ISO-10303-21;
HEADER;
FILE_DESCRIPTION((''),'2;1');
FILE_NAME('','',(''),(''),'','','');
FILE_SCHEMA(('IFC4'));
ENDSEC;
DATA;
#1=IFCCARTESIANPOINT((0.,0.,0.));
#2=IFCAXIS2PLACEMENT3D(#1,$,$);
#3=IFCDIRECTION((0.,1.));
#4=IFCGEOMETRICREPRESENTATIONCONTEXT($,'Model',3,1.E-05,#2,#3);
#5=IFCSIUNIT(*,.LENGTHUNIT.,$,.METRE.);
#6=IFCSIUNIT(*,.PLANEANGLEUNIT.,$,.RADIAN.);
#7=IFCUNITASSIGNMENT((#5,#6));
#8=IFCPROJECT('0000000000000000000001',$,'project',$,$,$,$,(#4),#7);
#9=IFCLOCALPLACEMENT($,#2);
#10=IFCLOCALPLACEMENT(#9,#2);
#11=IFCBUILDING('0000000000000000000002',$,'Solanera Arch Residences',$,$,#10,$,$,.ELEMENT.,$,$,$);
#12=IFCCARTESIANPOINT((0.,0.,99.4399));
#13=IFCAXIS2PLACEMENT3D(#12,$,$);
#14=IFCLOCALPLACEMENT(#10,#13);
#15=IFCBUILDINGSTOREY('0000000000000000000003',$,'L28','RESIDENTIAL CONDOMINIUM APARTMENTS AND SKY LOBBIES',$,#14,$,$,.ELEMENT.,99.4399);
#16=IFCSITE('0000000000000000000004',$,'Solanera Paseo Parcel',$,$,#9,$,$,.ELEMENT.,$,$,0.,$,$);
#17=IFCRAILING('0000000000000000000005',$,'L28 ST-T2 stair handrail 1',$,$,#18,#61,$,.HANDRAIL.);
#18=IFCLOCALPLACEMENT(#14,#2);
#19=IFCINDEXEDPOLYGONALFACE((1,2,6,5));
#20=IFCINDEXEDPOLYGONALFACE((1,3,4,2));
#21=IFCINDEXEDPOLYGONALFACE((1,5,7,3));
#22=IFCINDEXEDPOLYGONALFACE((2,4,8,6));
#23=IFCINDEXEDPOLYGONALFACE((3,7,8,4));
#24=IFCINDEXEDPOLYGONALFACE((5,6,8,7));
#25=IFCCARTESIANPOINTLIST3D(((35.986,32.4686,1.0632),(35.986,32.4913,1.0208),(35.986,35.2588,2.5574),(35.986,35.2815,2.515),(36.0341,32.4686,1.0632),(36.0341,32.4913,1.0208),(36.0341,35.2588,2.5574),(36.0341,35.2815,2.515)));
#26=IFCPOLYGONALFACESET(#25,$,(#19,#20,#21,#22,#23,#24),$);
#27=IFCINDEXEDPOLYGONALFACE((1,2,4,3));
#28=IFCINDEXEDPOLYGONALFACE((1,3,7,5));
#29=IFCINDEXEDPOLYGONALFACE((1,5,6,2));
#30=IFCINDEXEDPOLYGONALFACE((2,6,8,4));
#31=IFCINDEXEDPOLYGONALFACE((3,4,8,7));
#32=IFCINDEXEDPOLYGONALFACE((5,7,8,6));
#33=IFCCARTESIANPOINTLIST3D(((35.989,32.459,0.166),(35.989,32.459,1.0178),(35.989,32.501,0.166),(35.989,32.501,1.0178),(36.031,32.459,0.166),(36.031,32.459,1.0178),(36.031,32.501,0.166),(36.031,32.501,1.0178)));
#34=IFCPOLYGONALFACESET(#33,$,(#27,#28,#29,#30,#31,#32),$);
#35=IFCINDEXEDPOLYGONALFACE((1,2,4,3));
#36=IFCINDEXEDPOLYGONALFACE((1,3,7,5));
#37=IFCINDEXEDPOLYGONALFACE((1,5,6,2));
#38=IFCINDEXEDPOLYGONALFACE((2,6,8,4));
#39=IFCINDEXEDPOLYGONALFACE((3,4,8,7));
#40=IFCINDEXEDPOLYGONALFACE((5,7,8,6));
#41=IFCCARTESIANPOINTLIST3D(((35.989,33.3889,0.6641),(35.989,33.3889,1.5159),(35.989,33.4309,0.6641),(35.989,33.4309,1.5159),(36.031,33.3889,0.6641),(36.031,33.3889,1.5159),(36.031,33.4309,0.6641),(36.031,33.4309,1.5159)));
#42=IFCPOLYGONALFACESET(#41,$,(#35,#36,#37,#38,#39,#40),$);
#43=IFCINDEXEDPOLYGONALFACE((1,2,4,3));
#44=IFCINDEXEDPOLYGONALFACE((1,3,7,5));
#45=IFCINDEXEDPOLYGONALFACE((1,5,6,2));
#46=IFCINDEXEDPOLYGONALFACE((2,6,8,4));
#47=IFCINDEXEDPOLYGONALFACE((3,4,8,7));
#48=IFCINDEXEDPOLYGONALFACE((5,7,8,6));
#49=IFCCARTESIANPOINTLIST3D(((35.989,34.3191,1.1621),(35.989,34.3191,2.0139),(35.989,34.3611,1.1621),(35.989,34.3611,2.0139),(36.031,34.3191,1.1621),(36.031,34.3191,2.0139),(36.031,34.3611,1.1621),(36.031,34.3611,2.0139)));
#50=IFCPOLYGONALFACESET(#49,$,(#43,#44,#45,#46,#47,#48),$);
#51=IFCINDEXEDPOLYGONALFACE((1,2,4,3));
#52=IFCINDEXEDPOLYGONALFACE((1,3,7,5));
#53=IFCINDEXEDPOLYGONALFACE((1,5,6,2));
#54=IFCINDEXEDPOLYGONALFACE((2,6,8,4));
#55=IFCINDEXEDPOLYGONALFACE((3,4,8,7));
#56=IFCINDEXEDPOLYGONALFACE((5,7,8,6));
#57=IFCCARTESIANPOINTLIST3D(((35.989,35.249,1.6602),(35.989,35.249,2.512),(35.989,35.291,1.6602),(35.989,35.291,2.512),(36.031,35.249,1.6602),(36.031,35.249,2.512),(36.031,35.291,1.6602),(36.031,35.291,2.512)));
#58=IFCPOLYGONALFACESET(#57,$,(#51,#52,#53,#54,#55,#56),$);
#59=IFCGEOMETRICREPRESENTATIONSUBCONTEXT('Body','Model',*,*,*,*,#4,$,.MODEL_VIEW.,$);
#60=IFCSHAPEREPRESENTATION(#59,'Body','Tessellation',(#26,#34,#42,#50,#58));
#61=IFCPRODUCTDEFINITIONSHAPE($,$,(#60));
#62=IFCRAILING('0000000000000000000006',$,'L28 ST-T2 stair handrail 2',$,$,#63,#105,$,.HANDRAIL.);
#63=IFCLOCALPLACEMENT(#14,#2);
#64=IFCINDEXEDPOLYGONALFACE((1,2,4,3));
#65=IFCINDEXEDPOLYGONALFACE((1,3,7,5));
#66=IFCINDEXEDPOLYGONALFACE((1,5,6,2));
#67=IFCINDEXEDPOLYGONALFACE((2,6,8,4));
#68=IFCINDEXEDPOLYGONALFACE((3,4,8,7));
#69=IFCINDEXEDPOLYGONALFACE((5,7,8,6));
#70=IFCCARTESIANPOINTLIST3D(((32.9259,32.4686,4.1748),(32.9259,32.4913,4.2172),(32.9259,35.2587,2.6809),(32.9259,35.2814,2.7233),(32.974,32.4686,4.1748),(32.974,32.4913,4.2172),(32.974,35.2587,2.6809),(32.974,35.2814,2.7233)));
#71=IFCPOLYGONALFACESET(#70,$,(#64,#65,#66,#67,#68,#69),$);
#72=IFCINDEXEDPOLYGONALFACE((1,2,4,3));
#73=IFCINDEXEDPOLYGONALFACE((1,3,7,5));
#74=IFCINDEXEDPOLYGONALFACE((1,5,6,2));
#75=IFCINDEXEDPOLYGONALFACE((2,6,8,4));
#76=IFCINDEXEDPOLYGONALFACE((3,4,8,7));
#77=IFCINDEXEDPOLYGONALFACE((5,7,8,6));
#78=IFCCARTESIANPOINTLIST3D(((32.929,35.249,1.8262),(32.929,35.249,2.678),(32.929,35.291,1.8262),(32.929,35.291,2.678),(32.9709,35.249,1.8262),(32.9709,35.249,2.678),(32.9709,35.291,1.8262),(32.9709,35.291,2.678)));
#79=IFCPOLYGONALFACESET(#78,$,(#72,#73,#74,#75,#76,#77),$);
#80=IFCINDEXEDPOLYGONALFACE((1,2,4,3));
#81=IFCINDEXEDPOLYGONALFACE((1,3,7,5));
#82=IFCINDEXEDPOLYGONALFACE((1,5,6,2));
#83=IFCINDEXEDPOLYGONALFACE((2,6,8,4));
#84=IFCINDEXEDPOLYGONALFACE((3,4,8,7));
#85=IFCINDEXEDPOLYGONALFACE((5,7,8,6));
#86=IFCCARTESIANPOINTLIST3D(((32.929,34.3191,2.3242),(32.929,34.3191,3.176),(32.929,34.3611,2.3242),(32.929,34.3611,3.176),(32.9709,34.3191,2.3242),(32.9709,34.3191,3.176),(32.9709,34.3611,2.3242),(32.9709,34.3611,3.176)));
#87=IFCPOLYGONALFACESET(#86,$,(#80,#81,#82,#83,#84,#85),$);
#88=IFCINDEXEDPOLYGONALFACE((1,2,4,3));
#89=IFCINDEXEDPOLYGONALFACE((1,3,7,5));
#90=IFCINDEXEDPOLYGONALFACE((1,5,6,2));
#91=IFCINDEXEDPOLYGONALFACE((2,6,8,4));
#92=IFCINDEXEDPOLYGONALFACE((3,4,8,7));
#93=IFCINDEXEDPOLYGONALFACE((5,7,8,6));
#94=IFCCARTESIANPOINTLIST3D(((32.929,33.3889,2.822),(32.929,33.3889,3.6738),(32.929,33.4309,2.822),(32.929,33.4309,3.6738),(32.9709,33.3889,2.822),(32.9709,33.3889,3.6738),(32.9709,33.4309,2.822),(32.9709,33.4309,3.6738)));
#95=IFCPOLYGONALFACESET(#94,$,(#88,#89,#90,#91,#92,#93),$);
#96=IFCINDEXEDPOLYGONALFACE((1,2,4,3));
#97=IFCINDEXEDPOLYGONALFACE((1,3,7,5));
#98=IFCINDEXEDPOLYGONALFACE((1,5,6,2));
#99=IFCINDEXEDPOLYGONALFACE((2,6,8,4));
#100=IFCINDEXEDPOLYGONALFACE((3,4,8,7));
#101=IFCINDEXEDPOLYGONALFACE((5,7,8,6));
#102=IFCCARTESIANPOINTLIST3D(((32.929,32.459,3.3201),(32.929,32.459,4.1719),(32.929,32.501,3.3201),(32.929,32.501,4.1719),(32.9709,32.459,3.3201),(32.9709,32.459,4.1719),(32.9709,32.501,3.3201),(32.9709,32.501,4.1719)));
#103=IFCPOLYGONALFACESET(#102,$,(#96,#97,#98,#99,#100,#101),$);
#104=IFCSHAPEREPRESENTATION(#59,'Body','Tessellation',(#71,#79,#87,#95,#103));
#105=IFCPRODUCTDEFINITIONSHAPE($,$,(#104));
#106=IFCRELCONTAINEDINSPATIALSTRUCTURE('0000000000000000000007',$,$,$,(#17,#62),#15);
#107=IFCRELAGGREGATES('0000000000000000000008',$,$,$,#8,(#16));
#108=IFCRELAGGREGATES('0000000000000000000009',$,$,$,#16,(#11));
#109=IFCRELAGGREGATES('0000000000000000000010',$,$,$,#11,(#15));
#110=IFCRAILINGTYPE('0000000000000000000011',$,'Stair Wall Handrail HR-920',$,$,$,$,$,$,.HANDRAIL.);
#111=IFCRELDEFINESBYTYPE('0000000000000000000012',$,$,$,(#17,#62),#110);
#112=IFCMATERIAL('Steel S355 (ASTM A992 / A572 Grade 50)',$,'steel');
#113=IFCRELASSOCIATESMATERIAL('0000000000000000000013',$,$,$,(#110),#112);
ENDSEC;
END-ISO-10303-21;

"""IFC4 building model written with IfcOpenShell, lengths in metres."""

from ifc_helpers import new_model, si_unit, direction, frame, origin, origin_2d, place, context, subcontext, project, spatial, rectangle, extrude, material, type_object, element, save


model = new_model("IFC4")

# Units and contexts
model_context = context("Model", 3, precision=1e-05, world=origin(), true_north=direction((0.0, 1.0)))
body_context = subcontext(model_context, "Body", "Model", "MODEL_VIEW")
ifc_project = project(units=[si_unit("LENGTHUNIT", "METRE"), si_unit("PLANEANGLEUNIT", "RADIAN")], contexts=[model_context])

# Site, building, storey
site_placement = place(None, origin())
site = spatial("IfcSite", under=ifc_project, at=site_placement, Name="Solanera Paseo Parcel", CompositionType="ELEMENT", RefElevation=0.0)
building_placement = place(site_placement, origin())
building = spatial("IfcBuilding", under=site, at=building_placement, Name="Solanera Arch Residences", CompositionType="ELEMENT")
storey_placement = place(building_placement, frame((0.0, 0.0, 99.4399)))
storey = spatial("IfcBuildingStorey", under=building, at=storey_placement, Name="L28", Description="RESIDENTIAL CONDOMINIUM APARTMENTS AND SKY LOBBIES", CompositionType="ELEMENT", Elevation=99.4399)

# Railings
ifc_material_1 = material(Name="Steel S355 (ASTM A992 / A572 Grade 50)", Category="steel")
railing_type_1 = type_object("IfcRailingType", Name="Stair Wall Handrail HR-920", PredefinedType="HANDRAIL", material=ifc_material_1)
railing_1_placement = place(storey_placement, frame((36.01, 32.48, 0.166)))
element("IfcRailing", 1, at=railing_1_placement, inside=storey, type_object=railing_type_1, Name="L28 ST-T2 stair handrail 1", PredefinedType="HANDRAIL", context=body_context, shape_type="SweptSolid", body=[
    extrude(rectangle(XDim=0.0481, YDim=0.0481, at=origin_2d()), frame((0.0, 0.0, 0.876), z_axis=(0.0, 0.881549, 0.472093), x_axis=(-1.0, 0.0, 0.0)), (0.0, 0.0, 1.0), 3.165),
    extrude(rectangle(XDim=0.042, YDim=0.042, at=origin_2d()), origin(), (0.0, 0.0, 1.0), 0.8518),
    extrude(rectangle(XDim=0.042, YDim=0.042, at=origin_2d()), frame((0.0, 0.9299, 0.498)), (0.0, 0.0, 1.0), 0.8518),
    extrude(rectangle(XDim=0.042, YDim=0.042, at=origin_2d()), frame((0.0, 1.8601, 0.9961)), (0.0, 0.0, 1.0), 0.8518),
    extrude(rectangle(XDim=0.042, YDim=0.042, at=origin_2d()), frame((0.0, 2.79, 1.4941)), (0.0, 0.0, 1.0), 0.8518),
])
railing_2_placement = place(storey_placement, frame((32.95, 35.27, 1.8262)))
element("IfcRailing", 2, at=railing_2_placement, inside=storey, type_object=railing_type_1, Name="L28 ST-T2 stair handrail 2", PredefinedType="HANDRAIL", context=body_context, shape_type="SweptSolid", body=[
    extrude(rectangle(XDim=0.0481, YDim=0.0481, at=origin_2d()), frame((0.0, 0.0, 0.876), z_axis=(0.0, -0.881581, 0.472033), x_axis=(1.0, 0.0, 0.0)), (0.0, 0.0, 1.0), 3.1648),
    extrude(rectangle(XDim=0.042, YDim=0.042, at=origin_2d()), origin(), (0.0, 0.0, 1.0), 0.8518),
    extrude(rectangle(XDim=0.042, YDim=0.042, at=origin_2d()), frame((0.0, -0.9299, 0.498)), (0.0, 0.0, 1.0), 0.8518),
    extrude(rectangle(XDim=0.042, YDim=0.042, at=origin_2d()), frame((0.0, -1.8601, 0.9958)), (0.0, 0.0, 1.0), 0.8518),
    extrude(rectangle(XDim=0.042, YDim=0.042, at=origin_2d()), frame((0.0, -2.79, 1.4939)), (0.0, 0.0, 1.0), 0.8518),
])

save(model, "model.ifc")
